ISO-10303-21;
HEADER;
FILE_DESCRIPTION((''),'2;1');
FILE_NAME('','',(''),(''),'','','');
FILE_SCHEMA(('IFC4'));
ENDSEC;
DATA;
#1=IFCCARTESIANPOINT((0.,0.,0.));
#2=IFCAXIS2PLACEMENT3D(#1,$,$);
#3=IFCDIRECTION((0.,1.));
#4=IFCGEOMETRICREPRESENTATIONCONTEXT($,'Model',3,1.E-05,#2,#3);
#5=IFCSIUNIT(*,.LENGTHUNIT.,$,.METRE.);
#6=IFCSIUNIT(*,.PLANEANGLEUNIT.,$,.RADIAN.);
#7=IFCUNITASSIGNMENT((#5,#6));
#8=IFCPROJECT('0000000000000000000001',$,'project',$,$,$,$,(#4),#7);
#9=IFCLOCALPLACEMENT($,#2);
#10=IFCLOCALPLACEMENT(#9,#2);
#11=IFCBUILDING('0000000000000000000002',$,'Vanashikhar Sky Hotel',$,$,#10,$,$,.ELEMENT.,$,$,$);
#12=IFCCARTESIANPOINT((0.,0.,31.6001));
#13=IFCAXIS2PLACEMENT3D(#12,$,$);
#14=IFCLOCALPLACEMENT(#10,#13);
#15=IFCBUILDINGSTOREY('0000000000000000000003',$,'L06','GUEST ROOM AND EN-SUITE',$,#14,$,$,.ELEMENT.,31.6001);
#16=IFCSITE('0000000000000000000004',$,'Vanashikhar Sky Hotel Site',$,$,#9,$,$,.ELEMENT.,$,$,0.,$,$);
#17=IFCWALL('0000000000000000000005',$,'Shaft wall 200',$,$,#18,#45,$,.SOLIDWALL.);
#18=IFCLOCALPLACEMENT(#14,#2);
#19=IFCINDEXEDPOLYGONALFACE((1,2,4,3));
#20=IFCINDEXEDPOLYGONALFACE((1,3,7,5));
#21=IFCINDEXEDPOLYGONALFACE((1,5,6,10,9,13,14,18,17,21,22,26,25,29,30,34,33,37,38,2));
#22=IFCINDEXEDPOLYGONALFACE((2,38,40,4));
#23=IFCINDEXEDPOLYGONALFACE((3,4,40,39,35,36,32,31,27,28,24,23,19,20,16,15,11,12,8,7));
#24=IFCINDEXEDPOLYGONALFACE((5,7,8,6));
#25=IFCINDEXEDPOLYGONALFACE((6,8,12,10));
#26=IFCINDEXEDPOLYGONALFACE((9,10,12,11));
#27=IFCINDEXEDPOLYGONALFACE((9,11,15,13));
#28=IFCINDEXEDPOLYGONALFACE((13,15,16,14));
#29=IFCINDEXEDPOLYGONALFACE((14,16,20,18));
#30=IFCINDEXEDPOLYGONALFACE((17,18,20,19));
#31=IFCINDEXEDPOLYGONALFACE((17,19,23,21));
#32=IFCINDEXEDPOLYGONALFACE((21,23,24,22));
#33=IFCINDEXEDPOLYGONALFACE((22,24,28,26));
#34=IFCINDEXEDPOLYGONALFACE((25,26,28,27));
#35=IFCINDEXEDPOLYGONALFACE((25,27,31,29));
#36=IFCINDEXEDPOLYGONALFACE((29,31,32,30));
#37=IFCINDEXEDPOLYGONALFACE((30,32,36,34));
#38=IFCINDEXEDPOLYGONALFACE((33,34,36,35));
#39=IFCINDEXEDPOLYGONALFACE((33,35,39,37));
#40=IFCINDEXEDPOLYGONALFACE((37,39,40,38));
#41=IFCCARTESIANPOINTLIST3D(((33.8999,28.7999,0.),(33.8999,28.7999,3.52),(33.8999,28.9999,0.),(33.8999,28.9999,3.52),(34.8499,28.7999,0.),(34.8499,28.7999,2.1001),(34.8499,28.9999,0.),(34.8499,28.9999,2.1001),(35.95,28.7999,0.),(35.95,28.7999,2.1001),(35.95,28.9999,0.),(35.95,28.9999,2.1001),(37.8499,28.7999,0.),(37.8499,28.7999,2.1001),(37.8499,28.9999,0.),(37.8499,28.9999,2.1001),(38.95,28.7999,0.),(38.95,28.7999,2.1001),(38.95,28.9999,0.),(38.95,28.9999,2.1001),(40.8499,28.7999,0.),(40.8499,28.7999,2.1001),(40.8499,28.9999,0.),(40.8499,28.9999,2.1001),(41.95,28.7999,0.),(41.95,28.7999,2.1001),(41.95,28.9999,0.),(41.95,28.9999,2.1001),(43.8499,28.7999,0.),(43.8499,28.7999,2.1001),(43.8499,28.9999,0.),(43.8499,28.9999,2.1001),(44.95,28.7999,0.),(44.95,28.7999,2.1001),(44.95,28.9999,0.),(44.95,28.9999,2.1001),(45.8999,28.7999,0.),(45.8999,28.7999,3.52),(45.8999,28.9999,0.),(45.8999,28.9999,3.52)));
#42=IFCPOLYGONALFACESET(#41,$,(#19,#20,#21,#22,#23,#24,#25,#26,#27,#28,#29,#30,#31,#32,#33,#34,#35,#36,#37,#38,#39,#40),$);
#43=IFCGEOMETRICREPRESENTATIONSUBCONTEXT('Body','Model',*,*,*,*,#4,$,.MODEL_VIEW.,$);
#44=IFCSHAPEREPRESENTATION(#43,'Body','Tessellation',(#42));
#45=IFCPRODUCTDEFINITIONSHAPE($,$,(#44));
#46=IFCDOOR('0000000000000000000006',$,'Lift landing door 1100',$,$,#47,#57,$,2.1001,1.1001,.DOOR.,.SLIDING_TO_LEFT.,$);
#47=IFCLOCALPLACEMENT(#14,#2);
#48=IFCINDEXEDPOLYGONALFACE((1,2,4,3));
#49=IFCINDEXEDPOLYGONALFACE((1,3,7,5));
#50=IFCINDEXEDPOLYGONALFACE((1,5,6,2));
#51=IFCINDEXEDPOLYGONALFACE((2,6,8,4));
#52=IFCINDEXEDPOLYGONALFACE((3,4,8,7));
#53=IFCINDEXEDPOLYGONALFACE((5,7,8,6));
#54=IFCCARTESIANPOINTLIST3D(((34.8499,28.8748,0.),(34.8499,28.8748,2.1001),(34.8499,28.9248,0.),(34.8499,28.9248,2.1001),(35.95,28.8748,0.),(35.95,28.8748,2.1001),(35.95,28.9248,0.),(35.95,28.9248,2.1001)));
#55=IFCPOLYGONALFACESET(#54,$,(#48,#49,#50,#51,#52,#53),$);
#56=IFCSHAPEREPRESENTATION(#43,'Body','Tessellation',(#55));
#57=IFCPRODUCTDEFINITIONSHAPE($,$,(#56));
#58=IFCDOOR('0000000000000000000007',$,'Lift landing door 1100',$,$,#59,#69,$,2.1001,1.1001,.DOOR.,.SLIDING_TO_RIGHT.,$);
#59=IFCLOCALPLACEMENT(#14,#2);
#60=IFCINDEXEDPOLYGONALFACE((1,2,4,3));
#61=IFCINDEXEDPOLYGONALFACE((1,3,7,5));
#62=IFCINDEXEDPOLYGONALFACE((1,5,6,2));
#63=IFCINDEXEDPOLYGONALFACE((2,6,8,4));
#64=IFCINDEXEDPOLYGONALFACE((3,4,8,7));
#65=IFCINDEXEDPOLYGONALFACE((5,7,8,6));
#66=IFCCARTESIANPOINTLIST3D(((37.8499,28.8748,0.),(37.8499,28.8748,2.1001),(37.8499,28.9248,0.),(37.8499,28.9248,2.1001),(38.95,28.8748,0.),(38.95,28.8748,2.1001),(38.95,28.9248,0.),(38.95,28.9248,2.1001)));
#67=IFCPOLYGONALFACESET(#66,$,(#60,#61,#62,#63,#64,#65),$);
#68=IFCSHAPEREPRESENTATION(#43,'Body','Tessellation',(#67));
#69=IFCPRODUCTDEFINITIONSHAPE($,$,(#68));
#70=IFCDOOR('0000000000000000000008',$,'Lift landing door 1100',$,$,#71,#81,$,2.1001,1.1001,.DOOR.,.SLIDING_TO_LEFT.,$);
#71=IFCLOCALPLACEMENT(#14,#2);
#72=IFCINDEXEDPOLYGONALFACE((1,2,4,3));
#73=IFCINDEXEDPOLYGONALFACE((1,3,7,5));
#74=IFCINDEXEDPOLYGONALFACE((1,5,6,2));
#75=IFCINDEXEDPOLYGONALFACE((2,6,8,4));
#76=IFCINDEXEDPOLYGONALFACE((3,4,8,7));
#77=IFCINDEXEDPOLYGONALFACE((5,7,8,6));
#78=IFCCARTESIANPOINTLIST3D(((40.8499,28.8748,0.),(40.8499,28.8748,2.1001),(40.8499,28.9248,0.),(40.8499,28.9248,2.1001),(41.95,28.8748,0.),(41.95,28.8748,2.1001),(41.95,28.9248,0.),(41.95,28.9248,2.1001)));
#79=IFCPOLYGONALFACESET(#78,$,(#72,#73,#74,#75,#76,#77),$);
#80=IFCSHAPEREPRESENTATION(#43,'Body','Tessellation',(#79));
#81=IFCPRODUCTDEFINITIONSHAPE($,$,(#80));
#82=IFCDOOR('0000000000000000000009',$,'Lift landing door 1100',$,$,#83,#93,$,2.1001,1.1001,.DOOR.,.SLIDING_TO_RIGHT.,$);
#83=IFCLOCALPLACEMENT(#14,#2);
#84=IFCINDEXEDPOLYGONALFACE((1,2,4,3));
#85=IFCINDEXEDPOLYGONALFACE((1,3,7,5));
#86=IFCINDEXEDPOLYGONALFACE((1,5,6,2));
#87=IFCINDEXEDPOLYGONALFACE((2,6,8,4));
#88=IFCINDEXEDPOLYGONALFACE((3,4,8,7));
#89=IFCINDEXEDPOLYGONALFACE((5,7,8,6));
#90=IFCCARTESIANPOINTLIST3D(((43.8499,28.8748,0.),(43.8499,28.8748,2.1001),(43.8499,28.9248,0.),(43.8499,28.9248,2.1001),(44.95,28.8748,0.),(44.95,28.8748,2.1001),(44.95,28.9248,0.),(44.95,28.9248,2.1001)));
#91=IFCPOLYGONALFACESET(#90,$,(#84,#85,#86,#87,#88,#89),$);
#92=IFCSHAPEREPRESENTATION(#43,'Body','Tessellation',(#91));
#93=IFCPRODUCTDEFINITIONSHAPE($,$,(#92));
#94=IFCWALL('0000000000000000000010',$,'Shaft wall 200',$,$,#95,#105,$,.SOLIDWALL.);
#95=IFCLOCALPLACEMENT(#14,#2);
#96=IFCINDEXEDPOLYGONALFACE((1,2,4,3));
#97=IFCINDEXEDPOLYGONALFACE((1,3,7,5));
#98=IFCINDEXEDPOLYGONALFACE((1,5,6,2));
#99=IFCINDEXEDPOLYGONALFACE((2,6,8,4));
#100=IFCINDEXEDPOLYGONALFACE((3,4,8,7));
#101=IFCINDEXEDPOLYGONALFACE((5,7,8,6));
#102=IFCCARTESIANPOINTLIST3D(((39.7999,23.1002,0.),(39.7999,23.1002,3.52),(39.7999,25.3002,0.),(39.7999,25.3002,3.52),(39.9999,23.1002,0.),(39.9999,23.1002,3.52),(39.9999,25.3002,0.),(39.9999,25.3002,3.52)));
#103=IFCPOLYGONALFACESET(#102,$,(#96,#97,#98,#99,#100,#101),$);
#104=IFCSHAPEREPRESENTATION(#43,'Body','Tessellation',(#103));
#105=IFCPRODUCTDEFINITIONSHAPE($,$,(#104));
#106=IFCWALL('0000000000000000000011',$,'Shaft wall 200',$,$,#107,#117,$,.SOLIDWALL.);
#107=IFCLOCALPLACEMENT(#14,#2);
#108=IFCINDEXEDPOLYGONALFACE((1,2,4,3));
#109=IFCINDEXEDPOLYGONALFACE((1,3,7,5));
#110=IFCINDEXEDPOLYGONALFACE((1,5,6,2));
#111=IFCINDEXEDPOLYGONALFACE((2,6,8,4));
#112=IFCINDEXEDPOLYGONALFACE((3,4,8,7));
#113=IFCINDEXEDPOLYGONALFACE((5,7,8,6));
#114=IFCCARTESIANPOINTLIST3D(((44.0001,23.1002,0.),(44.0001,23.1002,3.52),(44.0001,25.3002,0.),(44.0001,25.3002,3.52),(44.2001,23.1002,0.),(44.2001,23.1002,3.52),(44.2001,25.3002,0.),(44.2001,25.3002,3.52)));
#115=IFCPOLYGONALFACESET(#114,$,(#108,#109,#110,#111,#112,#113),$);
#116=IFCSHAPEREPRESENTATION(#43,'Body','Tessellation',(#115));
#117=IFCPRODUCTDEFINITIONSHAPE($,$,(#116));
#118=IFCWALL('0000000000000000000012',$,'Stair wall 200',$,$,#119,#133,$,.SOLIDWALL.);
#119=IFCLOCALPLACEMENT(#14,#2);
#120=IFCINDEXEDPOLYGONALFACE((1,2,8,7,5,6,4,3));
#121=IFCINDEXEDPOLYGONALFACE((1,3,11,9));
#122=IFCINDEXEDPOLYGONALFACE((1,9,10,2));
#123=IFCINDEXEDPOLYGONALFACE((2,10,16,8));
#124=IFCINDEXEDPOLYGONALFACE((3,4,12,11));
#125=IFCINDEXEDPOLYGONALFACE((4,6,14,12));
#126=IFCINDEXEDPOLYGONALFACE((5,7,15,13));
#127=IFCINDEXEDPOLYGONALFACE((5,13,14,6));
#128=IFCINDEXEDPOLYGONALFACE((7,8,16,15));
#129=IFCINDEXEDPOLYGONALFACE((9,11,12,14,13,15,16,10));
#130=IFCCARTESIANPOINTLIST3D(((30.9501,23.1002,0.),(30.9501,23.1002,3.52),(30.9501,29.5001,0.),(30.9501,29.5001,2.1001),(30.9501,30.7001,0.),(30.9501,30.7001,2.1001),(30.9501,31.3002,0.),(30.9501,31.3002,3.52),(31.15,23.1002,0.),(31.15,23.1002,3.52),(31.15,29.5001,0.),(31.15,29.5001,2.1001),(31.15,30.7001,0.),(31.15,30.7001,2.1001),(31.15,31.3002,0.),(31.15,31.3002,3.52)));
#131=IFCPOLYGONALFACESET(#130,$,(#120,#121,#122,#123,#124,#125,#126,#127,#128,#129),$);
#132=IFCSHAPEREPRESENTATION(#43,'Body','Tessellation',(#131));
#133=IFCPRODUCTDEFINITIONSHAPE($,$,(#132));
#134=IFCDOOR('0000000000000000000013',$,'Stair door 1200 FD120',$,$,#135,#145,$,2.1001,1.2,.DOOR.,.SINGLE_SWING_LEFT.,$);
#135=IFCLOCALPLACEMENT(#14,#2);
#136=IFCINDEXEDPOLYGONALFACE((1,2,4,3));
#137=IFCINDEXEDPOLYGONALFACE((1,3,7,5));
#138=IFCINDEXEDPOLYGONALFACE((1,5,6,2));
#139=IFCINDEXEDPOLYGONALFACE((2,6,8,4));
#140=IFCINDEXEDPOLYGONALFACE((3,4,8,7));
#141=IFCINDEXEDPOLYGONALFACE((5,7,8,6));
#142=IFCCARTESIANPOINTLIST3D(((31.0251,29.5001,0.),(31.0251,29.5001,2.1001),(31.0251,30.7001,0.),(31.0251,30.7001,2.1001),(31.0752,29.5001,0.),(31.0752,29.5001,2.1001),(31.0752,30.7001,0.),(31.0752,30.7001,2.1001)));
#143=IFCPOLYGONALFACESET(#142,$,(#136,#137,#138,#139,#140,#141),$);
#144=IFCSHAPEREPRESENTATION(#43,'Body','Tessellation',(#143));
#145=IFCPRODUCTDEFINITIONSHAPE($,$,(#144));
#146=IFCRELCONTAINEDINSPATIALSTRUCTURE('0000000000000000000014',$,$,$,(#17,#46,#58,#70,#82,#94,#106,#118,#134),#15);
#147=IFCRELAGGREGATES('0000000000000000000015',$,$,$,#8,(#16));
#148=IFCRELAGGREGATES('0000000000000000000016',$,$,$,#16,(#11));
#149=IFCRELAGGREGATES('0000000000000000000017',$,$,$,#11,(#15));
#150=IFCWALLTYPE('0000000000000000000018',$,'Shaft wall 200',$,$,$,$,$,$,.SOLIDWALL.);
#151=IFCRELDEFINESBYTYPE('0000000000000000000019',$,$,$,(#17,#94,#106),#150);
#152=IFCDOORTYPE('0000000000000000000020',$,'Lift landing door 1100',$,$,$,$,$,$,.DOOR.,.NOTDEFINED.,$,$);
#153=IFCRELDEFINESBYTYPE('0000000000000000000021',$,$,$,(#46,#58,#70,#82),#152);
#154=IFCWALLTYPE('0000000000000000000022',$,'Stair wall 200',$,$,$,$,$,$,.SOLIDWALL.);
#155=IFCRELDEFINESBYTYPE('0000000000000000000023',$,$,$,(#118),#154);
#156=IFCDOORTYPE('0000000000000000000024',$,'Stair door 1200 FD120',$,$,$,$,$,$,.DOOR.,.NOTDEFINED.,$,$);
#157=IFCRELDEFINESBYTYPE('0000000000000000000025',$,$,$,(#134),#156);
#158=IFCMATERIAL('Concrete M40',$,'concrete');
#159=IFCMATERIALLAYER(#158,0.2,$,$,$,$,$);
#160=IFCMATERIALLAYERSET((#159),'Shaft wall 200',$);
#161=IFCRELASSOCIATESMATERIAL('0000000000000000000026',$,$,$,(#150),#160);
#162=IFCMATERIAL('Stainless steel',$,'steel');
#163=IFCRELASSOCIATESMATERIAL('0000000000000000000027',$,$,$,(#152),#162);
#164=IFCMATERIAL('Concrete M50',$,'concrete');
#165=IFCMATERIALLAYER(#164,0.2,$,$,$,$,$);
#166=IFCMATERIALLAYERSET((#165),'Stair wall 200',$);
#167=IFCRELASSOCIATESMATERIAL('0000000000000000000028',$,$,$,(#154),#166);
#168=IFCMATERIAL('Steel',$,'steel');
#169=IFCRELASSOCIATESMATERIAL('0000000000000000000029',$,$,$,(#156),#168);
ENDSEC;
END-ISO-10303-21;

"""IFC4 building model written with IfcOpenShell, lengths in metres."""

from ifc_helpers import new_model, si_unit, direction, frame, frame_2d, origin, place, context, subcontext, project, spatial, rectangle, extrude, source, transform, mapped, material, layer, layer_set, type_object, element, fill, save


model = new_model("IFC4")

# Units and contexts
model_context = context("Model", 3, precision=1e-05, world=origin(), true_north=direction((0.0, 1.0)))
body_context = subcontext(model_context, "Body", "Model", "MODEL_VIEW")
ifc_project = project(units=[si_unit("LENGTHUNIT", "METRE"), si_unit("PLANEANGLEUNIT", "RADIAN")], contexts=[model_context])

# Site, building, storey
site_placement = place(None, origin())
site = spatial("IfcSite", under=ifc_project, at=site_placement, Name="Vanashikhar Sky Hotel Site", CompositionType="ELEMENT", RefElevation=0.0)
building_placement = place(site_placement, origin())
building = spatial("IfcBuilding", under=site, at=building_placement, Name="Vanashikhar Sky Hotel", CompositionType="ELEMENT")
storey_placement = place(building_placement, frame((0.0, 0.0, 31.6001)))
storey = spatial("IfcBuildingStorey", under=building, at=storey_placement, Name="L06", Description="GUEST ROOM AND EN-SUITE", CompositionType="ELEMENT", Elevation=31.6001)

# Shared definitions
ifc_material_1 = material(Name="Concrete M50", Category="concrete")

# Shared definitions
ifc_material_2 = material(Name="Steel", Category="steel")
shared_shape_1 = source(origin(), body_context, "Body", "SweptSolid", [
    extrude(rectangle(XDim=1.1001, YDim=2.1001, at=frame_2d((0.55, 1.05))), frame((0.0, 0.0249, 0.0), z_axis=(0.0, -1.0, 0.0), x_axis=(1.0, 0.0, 0.0)), (0.0, 0.0, 1.0), 0.05),
])

# Wall, openings, doors
ifc_material_3 = material(Name="Concrete M40", Category="concrete")
ifc_layer_1 = layer(ifc_material_3, 0.2)
ifc_layer_set_1 = layer_set([ifc_layer_1], Name="Shaft wall 200")
wall_type_1 = type_object("IfcWallType", Name="Shaft wall 200", PredefinedType="SOLIDWALL", material=ifc_layer_set_1)
shared_shape_2 = source(origin(), body_context, "Body", "SweptSolid", [
    extrude(rectangle(XDim=1.1001, YDim=2.1001, at=frame_2d((0.55, 1.05))), frame((0.0, 0.1099, 0.0), z_axis=(0.0, -1.0, 0.0), x_axis=(1.0, 0.0, 0.0)), (0.0, 0.0, 1.0), 0.22),
])
ifc_material_4 = material(Name="Stainless steel", Category="steel")
door_type_1 = type_object("IfcDoorType", Name="Lift landing door 1100", OperationType="NOTDEFINED", PredefinedType="DOOR", material=ifc_material_4)
shared_shape_3 = source(origin(), body_context, "Body", "SweptSolid", [
    extrude(rectangle(XDim=12.0, YDim=0.2, at=frame_2d((6.0, 0.0))), origin(), (0.0, 0.0, 1.0), 3.52),
])
wall_1_placement = place(storey_placement, frame((33.8999, 28.8999, 0.0), z_axis=(0.0, 0.0, 1.0), x_axis=(1.0, 0.0, 0.0)))
wall_1 = element("IfcWall", 1, at=wall_1_placement, inside=storey, type_object=wall_type_1, Name="Shaft wall 200", PredefinedType="SOLIDWALL", context=body_context, shape_type="MappedRepresentation", body=[
    mapped(shared_shape_3, transform((0.0, 0.0, 0.0), scale=1.0)),
])
opening_1_placement = place(wall_1_placement, frame((0.95, 0.0, 0.0)))
opening_1 = element("IfcOpeningElement", 2, at=opening_1_placement, cuts=wall_1, PredefinedType="OPENING", context=body_context, shape_type="MappedRepresentation", body=[
    mapped(shared_shape_2, transform((0.0, 0.0, 0.0), scale=1.0)),
])
opening_2_placement = place(wall_1_placement, frame((3.95, 0.0, 0.0)))
opening_2 = element("IfcOpeningElement", 3, at=opening_2_placement, cuts=wall_1, PredefinedType="OPENING", context=body_context, shape_type="MappedRepresentation", body=[
    mapped(shared_shape_2, transform((0.0, 0.0, 0.0), scale=1.0)),
])
opening_3_placement = place(wall_1_placement, frame((6.95, 0.0, 0.0)))
opening_3 = element("IfcOpeningElement", 4, at=opening_3_placement, cuts=wall_1, PredefinedType="OPENING", context=body_context, shape_type="MappedRepresentation", body=[
    mapped(shared_shape_2, transform((0.0, 0.0, 0.0), scale=1.0)),
])
opening_4_placement = place(wall_1_placement, frame((9.95, 0.0, 0.0)))
opening_4 = element("IfcOpeningElement", 5, at=opening_4_placement, cuts=wall_1, PredefinedType="OPENING", context=body_context, shape_type="MappedRepresentation", body=[
    mapped(shared_shape_2, transform((0.0, 0.0, 0.0), scale=1.0)),
])
door_1_placement = place(opening_1_placement, origin())
door_1 = element("IfcDoor", 6, at=door_1_placement, inside=storey, type_object=door_type_1, Name="Lift landing door 1100", OperationType="SLIDING_TO_LEFT", OverallHeight=2.1001, OverallWidth=1.1001, PredefinedType="DOOR", context=body_context, shape_type="MappedRepresentation", body=[
    mapped(shared_shape_1, transform((0.0, 0.0, 0.0), scale=1.0)),
])
fill(opening_1, door_1)
door_2_placement = place(opening_2_placement, origin())
door_2 = element("IfcDoor", 7, at=door_2_placement, inside=storey, type_object=door_type_1, Name="Lift landing door 1100", OperationType="SLIDING_TO_RIGHT", OverallHeight=2.1001, OverallWidth=1.1001, PredefinedType="DOOR", context=body_context, shape_type="MappedRepresentation", body=[
    mapped(shared_shape_1, transform((0.0, 0.0, 0.0), scale=1.0)),
])
fill(opening_2, door_2)
door_3_placement = place(opening_3_placement, origin())
door_3 = element("IfcDoor", 8, at=door_3_placement, inside=storey, type_object=door_type_1, Name="Lift landing door 1100", OperationType="SLIDING_TO_LEFT", OverallHeight=2.1001, OverallWidth=1.1001, PredefinedType="DOOR", context=body_context, shape_type="MappedRepresentation", body=[
    mapped(shared_shape_1, transform((0.0, 0.0, 0.0), scale=1.0)),
])
fill(opening_3, door_3)
door_4_placement = place(opening_4_placement, origin())
door_4 = element("IfcDoor", 9, at=door_4_placement, inside=storey, type_object=door_type_1, Name="Lift landing door 1100", OperationType="SLIDING_TO_RIGHT", OverallHeight=2.1001, OverallWidth=1.1001, PredefinedType="DOOR", context=body_context, shape_type="MappedRepresentation", body=[
    mapped(shared_shape_1, transform((0.0, 0.0, 0.0), scale=1.0)),
])
fill(opening_4, door_4)

# Walls
shared_shape_4 = source(origin(), body_context, "Body", "SweptSolid", [
    extrude(rectangle(XDim=2.2, YDim=0.2, at=frame_2d((1.1001, 0.0))), origin(), (0.0, 0.0, 1.0), 3.52),
])
for number, where, z_axis, x_axis, name in (
    (10, (39.8999, 23.1001, 0.0), (0.0, 0.0, 1.0), (0.0, 1.0, 0.0), "Shaft wall 200"),
    (11, (44.1001, 23.1001, 0.0), (0.0, 0.0, 1.0), (0.0, 1.0, 0.0), "Shaft wall 200"),
):
    element("IfcWall", number, at=place(storey_placement, frame(where, z_axis=z_axis, x_axis=x_axis)), inside=storey, type_object=wall_type_1, Name=name, PredefinedType="SOLIDWALL", context=body_context, shape_type="MappedRepresentation", body=[
        mapped(shared_shape_4, transform((0.0, 0.0, 0.0), scale=1.0)),
    ])

# Wall, opening, door
ifc_layer_2 = layer(ifc_material_1, 0.2)
ifc_layer_set_2 = layer_set([ifc_layer_2], Name="Stair wall 200")
wall_type_2 = type_object("IfcWallType", Name="Stair wall 200", PredefinedType="SOLIDWALL", material=ifc_layer_set_2)
shared_shape_5 = source(origin(), body_context, "Body", "SweptSolid", [
    extrude(rectangle(XDim=8.2, YDim=0.2, at=frame_2d((4.1001, 0.0))), origin(), (0.0, 0.0, 1.0), 3.52),
])
wall_2_placement = place(storey_placement, frame((31.05, 23.1001, 0.0), z_axis=(0.0, 0.0, 1.0), x_axis=(0.0, 1.0, 0.0)))
wall_2 = element("IfcWall", 12, at=wall_2_placement, inside=storey, type_object=wall_type_2, Name="Stair wall 200", PredefinedType="SOLIDWALL", context=body_context, shape_type="MappedRepresentation", body=[
    mapped(shared_shape_5, transform((0.0, 0.0, 0.0), scale=1.0)),
])
shared_shape_6 = source(origin(), body_context, "Body", "SweptSolid", [
    extrude(rectangle(XDim=1.2, YDim=2.1001, at=frame_2d((0.6001, 1.05))), frame((0.0, 0.1099, 0.0), z_axis=(0.0, -1.0, 0.0), x_axis=(1.0, 0.0, 0.0)), (0.0, 0.0, 1.0), 0.22),
])
opening_5_placement = place(wall_2_placement, frame((6.3999, 0.0, 0.0)))
opening_5 = element("IfcOpeningElement", 13, at=opening_5_placement, cuts=wall_2, PredefinedType="OPENING", context=body_context, shape_type="MappedRepresentation", body=[
    mapped(shared_shape_6, transform((0.0, 0.0, 0.0), scale=1.0)),
])
door_type_2 = type_object("IfcDoorType", Name="Stair door 1200 FD120", OperationType="NOTDEFINED", PredefinedType="DOOR", material=ifc_material_2)
shared_shape_7 = source(origin(), body_context, "Body", "SweptSolid", [
    extrude(rectangle(XDim=1.2, YDim=2.1001, at=frame_2d((0.6001, 1.05))), frame((0.0, 0.0249, 0.0), z_axis=(0.0, -1.0, 0.0), x_axis=(1.0, 0.0, 0.0)), (0.0, 0.0, 1.0), 0.05),
])
door_5_placement = place(opening_5_placement, origin())
door_5 = element("IfcDoor", 14, at=door_5_placement, inside=storey, type_object=door_type_2, Name="Stair door 1200 FD120", OperationType="SINGLE_SWING_LEFT", OverallHeight=2.1001, OverallWidth=1.2, PredefinedType="DOOR", context=body_context, shape_type="MappedRepresentation", body=[
    mapped(shared_shape_7, transform((0.0, 0.0, 0.0), scale=1.0)),
])
fill(opening_5, door_5)

save(model, "model.ifc")
